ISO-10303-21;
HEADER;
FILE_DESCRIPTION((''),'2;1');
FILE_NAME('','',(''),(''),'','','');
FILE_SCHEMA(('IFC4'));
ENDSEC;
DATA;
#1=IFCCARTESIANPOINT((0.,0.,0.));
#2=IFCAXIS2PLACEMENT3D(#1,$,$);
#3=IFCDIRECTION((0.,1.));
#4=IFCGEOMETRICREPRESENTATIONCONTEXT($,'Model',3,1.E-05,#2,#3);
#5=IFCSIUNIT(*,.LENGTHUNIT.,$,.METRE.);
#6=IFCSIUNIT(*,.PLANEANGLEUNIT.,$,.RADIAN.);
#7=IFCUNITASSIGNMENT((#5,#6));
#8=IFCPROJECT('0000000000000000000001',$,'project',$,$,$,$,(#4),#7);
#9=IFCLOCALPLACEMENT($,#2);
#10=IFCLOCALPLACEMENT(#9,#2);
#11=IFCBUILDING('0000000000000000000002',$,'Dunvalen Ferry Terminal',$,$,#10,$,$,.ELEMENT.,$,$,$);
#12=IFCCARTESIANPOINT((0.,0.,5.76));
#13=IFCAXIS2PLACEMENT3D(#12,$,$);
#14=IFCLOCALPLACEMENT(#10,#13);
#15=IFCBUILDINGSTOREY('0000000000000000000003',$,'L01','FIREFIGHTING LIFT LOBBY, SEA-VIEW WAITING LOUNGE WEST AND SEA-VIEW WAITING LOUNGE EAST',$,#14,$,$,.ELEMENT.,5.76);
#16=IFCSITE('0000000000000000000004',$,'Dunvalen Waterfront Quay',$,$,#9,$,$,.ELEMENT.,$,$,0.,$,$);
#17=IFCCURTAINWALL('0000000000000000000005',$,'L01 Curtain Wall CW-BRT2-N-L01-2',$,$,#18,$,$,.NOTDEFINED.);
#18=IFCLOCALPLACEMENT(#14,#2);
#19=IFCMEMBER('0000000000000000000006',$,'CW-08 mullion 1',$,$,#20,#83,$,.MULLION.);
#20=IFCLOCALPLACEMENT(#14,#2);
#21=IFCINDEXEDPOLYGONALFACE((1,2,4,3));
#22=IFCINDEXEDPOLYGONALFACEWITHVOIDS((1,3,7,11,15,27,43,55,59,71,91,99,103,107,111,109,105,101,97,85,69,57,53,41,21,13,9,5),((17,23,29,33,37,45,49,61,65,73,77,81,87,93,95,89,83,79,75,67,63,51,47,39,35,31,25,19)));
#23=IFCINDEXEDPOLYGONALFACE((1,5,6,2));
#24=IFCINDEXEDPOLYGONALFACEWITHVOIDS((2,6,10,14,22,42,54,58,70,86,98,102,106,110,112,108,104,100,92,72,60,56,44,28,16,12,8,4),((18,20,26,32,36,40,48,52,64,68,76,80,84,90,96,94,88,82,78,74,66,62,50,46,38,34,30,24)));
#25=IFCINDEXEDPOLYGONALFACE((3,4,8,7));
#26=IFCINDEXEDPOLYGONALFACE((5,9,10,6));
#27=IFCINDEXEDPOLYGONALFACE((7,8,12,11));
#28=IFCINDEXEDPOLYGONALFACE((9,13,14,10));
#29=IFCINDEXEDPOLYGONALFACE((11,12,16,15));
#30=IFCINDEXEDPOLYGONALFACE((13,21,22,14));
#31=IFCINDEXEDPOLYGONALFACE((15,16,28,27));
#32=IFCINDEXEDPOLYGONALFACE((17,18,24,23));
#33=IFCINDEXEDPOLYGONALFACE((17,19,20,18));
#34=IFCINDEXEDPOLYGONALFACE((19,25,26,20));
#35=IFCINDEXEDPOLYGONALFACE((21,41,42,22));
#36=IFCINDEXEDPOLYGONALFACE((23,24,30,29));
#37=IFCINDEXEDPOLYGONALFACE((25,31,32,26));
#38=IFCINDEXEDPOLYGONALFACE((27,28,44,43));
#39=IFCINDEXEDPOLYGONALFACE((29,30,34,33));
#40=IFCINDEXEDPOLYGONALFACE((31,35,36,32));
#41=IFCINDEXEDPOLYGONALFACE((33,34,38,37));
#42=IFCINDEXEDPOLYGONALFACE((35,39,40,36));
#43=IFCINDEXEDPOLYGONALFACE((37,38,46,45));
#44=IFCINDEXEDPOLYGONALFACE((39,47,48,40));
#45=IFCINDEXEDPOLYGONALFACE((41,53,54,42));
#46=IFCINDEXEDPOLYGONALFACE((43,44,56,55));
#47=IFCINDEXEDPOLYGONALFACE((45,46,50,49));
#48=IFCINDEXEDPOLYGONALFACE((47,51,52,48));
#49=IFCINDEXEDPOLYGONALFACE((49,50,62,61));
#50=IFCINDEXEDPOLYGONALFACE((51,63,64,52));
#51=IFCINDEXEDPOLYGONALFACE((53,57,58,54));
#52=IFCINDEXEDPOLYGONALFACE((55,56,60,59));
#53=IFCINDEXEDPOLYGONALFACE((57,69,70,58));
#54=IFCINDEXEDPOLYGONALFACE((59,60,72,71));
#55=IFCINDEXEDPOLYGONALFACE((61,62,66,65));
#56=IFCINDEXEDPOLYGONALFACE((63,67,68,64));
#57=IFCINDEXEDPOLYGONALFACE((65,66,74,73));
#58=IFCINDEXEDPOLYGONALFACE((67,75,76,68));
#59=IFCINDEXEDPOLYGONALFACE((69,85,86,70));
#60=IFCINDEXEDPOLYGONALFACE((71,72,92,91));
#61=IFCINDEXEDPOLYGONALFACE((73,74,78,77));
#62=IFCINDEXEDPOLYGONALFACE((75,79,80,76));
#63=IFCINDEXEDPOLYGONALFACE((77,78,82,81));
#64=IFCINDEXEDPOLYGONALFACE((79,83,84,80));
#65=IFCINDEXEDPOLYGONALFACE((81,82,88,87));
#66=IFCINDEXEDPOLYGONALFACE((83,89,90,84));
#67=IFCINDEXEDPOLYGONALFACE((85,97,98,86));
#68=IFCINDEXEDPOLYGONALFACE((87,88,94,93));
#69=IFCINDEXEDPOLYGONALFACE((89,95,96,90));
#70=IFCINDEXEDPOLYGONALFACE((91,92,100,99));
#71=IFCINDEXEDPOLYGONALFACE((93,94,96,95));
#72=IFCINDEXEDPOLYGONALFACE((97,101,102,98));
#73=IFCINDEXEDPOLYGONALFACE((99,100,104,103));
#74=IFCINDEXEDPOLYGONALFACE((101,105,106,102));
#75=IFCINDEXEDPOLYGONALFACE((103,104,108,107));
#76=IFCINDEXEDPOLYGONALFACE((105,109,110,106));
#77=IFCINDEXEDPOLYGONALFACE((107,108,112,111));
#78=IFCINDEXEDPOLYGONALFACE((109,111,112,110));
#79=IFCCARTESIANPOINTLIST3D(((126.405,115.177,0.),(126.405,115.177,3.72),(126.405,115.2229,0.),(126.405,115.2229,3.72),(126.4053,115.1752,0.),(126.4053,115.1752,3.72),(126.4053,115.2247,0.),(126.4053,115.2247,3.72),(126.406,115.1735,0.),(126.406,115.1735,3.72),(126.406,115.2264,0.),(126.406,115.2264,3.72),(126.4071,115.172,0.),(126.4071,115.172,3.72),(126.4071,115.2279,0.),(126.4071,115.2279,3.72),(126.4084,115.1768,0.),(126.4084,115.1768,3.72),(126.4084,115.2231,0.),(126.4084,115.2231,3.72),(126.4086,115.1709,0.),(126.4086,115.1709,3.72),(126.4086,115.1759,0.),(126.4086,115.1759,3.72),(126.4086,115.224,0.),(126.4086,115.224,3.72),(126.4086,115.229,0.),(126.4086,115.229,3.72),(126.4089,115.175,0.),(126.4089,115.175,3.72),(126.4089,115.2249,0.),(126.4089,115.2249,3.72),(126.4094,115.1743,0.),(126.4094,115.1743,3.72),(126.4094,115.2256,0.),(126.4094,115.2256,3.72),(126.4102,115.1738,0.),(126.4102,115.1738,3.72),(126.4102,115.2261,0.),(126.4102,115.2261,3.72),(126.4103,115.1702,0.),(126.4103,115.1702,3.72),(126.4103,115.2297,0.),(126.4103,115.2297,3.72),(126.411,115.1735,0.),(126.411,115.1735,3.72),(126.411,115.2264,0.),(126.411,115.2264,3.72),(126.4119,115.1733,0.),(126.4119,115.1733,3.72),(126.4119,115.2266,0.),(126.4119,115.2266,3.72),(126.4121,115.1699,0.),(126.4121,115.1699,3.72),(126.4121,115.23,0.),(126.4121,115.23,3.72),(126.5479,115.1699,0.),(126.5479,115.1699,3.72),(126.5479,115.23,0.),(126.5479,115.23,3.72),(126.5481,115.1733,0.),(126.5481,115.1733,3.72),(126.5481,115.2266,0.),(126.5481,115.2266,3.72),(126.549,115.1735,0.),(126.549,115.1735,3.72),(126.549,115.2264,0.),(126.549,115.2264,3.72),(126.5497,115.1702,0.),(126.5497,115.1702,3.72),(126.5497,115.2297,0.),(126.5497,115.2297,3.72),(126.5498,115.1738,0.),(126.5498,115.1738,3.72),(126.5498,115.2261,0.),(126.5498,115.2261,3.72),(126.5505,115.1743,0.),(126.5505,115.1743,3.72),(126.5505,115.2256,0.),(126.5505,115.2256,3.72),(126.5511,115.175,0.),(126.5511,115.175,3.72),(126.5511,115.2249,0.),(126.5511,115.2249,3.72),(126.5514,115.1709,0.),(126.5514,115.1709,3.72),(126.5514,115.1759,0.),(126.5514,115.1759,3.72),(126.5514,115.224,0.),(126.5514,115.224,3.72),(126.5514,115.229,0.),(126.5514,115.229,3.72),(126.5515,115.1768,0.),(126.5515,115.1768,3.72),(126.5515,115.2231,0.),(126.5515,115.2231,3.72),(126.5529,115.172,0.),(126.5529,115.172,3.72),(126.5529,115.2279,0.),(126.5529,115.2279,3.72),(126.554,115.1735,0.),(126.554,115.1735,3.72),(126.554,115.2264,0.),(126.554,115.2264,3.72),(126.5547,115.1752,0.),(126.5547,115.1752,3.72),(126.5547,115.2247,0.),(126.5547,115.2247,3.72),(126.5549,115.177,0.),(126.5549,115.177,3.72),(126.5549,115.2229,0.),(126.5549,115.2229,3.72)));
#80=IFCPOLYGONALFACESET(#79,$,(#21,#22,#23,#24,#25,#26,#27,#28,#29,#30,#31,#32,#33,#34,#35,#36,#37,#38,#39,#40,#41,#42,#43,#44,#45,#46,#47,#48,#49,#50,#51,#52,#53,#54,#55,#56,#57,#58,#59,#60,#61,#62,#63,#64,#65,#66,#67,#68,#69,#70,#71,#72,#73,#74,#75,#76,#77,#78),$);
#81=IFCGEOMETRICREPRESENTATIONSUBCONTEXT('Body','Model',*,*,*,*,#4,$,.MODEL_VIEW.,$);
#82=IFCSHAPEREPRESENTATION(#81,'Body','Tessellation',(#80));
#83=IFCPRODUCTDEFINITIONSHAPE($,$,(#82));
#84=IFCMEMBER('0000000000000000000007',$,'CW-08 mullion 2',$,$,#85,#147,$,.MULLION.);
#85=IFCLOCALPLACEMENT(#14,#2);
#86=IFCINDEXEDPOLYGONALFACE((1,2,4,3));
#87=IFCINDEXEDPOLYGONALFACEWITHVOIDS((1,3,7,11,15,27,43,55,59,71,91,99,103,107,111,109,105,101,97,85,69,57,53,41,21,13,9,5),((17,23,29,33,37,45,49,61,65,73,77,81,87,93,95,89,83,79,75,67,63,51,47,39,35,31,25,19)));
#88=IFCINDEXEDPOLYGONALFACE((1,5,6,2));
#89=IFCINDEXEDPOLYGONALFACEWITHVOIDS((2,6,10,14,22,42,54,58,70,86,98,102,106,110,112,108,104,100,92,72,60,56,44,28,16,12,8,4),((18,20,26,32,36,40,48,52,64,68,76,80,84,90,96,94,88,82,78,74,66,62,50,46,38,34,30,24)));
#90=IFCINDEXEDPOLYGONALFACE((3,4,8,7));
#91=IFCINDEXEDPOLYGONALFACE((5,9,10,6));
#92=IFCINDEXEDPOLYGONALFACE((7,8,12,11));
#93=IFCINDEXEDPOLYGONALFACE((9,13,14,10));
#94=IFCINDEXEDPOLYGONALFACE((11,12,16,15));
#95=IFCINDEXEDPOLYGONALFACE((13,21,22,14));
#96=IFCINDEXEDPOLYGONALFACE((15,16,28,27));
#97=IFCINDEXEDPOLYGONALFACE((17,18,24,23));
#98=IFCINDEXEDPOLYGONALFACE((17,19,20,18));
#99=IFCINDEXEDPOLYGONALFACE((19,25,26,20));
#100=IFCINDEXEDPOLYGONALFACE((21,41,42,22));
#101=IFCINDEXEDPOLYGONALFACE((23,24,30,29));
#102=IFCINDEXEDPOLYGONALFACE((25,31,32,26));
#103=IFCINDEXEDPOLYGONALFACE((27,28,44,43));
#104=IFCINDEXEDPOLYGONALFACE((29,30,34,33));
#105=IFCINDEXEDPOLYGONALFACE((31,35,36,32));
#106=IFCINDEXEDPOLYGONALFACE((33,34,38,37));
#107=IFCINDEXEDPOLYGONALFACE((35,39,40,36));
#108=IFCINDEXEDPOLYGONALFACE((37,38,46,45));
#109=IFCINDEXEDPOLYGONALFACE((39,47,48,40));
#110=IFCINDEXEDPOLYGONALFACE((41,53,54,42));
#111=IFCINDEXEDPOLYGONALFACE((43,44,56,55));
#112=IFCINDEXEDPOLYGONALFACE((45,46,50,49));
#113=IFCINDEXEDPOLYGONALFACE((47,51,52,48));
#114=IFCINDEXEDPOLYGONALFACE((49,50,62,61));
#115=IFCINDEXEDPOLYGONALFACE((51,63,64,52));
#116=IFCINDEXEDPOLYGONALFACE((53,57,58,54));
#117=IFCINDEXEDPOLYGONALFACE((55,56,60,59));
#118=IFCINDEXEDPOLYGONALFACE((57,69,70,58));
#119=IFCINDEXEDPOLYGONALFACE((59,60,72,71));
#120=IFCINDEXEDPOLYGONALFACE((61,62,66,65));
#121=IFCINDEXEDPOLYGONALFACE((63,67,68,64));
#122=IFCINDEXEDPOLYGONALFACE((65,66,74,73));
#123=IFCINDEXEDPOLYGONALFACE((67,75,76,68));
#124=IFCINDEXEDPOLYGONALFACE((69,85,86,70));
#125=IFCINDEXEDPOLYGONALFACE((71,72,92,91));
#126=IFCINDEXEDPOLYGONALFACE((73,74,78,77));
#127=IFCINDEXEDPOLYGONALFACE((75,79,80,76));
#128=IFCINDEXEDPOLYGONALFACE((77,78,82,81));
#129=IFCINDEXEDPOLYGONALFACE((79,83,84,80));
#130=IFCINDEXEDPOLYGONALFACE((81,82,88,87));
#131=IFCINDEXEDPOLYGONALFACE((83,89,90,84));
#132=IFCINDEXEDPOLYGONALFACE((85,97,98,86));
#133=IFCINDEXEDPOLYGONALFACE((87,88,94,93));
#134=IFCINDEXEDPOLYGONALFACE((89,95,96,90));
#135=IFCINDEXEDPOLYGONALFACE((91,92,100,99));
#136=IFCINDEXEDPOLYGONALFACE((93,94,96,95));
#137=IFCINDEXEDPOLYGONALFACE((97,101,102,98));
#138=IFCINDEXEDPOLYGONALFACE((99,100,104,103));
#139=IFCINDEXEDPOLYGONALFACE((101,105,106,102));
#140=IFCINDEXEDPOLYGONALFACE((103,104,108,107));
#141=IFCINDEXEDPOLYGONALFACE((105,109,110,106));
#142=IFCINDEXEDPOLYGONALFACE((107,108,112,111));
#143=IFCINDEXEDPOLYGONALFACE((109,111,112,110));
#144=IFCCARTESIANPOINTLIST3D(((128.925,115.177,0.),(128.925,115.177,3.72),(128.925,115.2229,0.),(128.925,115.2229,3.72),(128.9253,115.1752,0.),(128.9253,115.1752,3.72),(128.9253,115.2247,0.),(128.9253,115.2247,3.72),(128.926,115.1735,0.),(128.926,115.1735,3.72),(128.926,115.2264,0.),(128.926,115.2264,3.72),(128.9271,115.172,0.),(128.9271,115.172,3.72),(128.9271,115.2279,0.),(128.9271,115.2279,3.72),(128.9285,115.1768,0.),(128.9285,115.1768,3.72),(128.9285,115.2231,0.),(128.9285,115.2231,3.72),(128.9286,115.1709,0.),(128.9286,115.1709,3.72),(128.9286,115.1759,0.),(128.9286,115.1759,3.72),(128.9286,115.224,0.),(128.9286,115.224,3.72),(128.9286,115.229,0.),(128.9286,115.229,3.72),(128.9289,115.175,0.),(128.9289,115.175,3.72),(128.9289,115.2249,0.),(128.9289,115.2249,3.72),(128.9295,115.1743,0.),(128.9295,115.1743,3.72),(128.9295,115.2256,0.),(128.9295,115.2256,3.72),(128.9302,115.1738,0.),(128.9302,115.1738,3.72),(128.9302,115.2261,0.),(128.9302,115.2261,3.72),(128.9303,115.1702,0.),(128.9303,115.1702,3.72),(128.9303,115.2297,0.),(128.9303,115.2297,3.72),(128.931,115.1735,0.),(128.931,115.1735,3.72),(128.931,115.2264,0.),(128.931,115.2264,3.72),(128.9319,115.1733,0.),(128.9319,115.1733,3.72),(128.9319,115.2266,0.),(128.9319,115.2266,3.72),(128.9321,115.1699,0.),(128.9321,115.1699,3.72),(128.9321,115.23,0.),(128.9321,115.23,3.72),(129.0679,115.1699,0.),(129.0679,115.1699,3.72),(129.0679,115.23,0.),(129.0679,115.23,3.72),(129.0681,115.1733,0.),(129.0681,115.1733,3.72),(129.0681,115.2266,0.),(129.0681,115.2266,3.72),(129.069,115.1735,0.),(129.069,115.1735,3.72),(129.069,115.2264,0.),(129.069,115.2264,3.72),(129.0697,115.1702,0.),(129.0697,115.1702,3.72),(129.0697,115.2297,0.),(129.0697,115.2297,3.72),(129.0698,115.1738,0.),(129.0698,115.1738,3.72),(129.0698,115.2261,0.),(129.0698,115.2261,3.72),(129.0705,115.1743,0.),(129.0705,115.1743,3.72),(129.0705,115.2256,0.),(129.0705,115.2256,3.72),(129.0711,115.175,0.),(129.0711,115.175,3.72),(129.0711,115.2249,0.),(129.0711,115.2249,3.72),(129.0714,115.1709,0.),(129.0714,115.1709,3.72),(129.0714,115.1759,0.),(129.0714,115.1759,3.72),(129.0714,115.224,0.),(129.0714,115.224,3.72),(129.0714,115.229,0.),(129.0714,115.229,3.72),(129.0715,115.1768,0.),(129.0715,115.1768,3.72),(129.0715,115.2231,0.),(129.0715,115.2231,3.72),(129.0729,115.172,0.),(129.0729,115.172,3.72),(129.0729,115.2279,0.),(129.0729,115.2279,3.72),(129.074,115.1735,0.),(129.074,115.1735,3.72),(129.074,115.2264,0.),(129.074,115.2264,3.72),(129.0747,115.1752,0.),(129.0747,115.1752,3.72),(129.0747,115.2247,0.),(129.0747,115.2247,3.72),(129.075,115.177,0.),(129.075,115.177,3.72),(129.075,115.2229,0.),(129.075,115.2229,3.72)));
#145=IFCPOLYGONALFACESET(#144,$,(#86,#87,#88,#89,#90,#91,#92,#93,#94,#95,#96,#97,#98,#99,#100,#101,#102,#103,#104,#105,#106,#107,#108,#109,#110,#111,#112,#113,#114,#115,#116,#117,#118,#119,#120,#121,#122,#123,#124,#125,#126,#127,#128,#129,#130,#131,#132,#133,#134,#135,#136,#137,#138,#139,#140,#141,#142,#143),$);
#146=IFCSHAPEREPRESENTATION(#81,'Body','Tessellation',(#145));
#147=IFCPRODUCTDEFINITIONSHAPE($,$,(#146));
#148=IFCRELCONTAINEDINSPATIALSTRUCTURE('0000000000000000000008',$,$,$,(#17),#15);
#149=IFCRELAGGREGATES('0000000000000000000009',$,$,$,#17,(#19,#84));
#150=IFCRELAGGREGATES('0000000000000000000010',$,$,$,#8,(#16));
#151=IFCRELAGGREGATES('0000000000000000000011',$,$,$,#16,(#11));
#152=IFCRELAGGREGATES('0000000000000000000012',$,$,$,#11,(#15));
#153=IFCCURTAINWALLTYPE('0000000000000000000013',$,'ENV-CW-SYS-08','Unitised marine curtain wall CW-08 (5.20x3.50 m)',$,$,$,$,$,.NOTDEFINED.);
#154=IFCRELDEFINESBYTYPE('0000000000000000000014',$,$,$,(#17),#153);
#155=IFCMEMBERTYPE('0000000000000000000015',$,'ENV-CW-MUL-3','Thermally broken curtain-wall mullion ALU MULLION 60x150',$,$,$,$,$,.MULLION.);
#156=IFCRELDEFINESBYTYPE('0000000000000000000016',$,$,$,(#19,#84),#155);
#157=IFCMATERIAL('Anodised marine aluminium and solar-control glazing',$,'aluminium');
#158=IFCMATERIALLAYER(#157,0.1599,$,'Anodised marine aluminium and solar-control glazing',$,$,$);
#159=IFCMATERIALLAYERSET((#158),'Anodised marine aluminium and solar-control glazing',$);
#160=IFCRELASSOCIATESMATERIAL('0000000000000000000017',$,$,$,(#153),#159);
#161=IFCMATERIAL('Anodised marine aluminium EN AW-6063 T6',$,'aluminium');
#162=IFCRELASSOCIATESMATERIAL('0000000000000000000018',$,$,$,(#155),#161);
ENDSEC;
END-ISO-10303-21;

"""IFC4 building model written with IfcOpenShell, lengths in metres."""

from ifc_helpers import new_model, si_unit, direction, frame, origin, origin_2d, place, context, subcontext, project, spatial, hollow_rectangle, extrude, material, layer, layer_set, material_profile, profile_set, type_object, element, aggregate, save


model = new_model("IFC4")

# Units and contexts
model_context = context("Model", 3, precision=1e-05, world=origin(), true_north=direction((0.0, 1.0)))
body_context = subcontext(model_context, "Body", "Model", "MODEL_VIEW")
ifc_project = project(units=[si_unit("LENGTHUNIT", "METRE"), si_unit("PLANEANGLEUNIT", "RADIAN")], contexts=[model_context])

# Site, building, storey
site_placement = place(None, origin())
site = spatial("IfcSite", under=ifc_project, at=site_placement, Name="Dunvalen Waterfront Quay", CompositionType="ELEMENT", RefElevation=0.0)
building_placement = place(site_placement, origin())
building = spatial("IfcBuilding", under=site, at=building_placement, Name="Dunvalen Ferry Terminal", CompositionType="ELEMENT")
storey_placement = place(building_placement, frame((0.0, 0.0, 5.76)))
storey = spatial("IfcBuildingStorey", under=building, at=storey_placement, Name="L01", Description="FIREFIGHTING LIFT LOBBY, SEA-VIEW WAITING LOUNGE WEST AND SEA-VIEW WAITING LOUNGE EAST", CompositionType="ELEMENT", Elevation=5.76)

# Curtain wall, members
ifc_material_1 = material(Name="Anodised marine aluminium and solar-control glazing", Category="aluminium")
ifc_layer_1 = layer(ifc_material_1, 0.1599, Name="Anodised marine aluminium and solar-control glazing")
ifc_layer_set_1 = layer_set([ifc_layer_1], Name="Anodised marine aluminium and solar-control glazing")
curtain_wall_type = type_object("IfcCurtainWallType", Name="ENV-CW-SYS-08", Description="Unitised marine curtain wall CW-08 (5.20x3.50 m)", PredefinedType="NOTDEFINED", material=ifc_layer_set_1)
ifc_material_2 = material(Name="Anodised marine aluminium EN AW-6063 T6", Category="aluminium")
ifc_material_profile_1 = material_profile(ifc_material_2, hollow_rectangle(XDim=0.0601, YDim=0.1499, WallThickness=0.0034, InnerFilletRadius=0.0034, OuterFilletRadius=0.0071, at=origin_2d()), Name="Anodised marine aluminium EN AW-6063 T6")
ifc_profile_set_1 = profile_set([ifc_material_profile_1], Name="Anodised marine aluminium EN AW-6063 T6")
member_type_1 = type_object("IfcMemberType", Name="ENV-CW-MUL-3", Description="Thermally broken curtain-wall mullion ALU MULLION 60x150", PredefinedType="MULLION", material=ifc_profile_set_1)
curtain_wall_1_placement = place(storey_placement, origin())
curtain_wall_1 = element("IfcCurtainWall", 1, at=curtain_wall_1_placement, inside=storey, type_object=curtain_wall_type, Name="L01 Curtain Wall CW-BRT2-N-L01-2", PredefinedType="NOTDEFINED")
member_1_placement = place(storey_placement, frame((126.48, 115.2, 0.0), z_axis=(0.0, 0.0, 1.0), x_axis=(0.0, 1.0, 0.0)))
member_1 = element("IfcMember", 2, at=member_1_placement, type_object=member_type_1, Name="CW-08 mullion 1", PredefinedType="MULLION", context=body_context, shape_type="SweptSolid", body=[
    extrude(hollow_rectangle(XDim=0.0601, YDim=0.1499, WallThickness=0.0034, InnerFilletRadius=0.0034, OuterFilletRadius=0.0071, at=origin_2d()), origin(), (0.0, 0.0, 1.0), 3.72),
])
member_2_placement = place(storey_placement, frame((129.0, 115.2, 0.0), z_axis=(0.0, 0.0, 1.0), x_axis=(0.0, 1.0, 0.0)))
member_2 = element("IfcMember", 3, at=member_2_placement, type_object=member_type_1, Name="CW-08 mullion 2", PredefinedType="MULLION", context=body_context, shape_type="SweptSolid", body=[
    extrude(hollow_rectangle(XDim=0.0601, YDim=0.1499, WallThickness=0.0034, InnerFilletRadius=0.0034, OuterFilletRadius=0.0071, at=origin_2d()), origin(), (0.0, 0.0, 1.0), 3.72),
])

aggregate(curtain_wall_1, [member_1, member_2])

save(model, "model.ifc")
